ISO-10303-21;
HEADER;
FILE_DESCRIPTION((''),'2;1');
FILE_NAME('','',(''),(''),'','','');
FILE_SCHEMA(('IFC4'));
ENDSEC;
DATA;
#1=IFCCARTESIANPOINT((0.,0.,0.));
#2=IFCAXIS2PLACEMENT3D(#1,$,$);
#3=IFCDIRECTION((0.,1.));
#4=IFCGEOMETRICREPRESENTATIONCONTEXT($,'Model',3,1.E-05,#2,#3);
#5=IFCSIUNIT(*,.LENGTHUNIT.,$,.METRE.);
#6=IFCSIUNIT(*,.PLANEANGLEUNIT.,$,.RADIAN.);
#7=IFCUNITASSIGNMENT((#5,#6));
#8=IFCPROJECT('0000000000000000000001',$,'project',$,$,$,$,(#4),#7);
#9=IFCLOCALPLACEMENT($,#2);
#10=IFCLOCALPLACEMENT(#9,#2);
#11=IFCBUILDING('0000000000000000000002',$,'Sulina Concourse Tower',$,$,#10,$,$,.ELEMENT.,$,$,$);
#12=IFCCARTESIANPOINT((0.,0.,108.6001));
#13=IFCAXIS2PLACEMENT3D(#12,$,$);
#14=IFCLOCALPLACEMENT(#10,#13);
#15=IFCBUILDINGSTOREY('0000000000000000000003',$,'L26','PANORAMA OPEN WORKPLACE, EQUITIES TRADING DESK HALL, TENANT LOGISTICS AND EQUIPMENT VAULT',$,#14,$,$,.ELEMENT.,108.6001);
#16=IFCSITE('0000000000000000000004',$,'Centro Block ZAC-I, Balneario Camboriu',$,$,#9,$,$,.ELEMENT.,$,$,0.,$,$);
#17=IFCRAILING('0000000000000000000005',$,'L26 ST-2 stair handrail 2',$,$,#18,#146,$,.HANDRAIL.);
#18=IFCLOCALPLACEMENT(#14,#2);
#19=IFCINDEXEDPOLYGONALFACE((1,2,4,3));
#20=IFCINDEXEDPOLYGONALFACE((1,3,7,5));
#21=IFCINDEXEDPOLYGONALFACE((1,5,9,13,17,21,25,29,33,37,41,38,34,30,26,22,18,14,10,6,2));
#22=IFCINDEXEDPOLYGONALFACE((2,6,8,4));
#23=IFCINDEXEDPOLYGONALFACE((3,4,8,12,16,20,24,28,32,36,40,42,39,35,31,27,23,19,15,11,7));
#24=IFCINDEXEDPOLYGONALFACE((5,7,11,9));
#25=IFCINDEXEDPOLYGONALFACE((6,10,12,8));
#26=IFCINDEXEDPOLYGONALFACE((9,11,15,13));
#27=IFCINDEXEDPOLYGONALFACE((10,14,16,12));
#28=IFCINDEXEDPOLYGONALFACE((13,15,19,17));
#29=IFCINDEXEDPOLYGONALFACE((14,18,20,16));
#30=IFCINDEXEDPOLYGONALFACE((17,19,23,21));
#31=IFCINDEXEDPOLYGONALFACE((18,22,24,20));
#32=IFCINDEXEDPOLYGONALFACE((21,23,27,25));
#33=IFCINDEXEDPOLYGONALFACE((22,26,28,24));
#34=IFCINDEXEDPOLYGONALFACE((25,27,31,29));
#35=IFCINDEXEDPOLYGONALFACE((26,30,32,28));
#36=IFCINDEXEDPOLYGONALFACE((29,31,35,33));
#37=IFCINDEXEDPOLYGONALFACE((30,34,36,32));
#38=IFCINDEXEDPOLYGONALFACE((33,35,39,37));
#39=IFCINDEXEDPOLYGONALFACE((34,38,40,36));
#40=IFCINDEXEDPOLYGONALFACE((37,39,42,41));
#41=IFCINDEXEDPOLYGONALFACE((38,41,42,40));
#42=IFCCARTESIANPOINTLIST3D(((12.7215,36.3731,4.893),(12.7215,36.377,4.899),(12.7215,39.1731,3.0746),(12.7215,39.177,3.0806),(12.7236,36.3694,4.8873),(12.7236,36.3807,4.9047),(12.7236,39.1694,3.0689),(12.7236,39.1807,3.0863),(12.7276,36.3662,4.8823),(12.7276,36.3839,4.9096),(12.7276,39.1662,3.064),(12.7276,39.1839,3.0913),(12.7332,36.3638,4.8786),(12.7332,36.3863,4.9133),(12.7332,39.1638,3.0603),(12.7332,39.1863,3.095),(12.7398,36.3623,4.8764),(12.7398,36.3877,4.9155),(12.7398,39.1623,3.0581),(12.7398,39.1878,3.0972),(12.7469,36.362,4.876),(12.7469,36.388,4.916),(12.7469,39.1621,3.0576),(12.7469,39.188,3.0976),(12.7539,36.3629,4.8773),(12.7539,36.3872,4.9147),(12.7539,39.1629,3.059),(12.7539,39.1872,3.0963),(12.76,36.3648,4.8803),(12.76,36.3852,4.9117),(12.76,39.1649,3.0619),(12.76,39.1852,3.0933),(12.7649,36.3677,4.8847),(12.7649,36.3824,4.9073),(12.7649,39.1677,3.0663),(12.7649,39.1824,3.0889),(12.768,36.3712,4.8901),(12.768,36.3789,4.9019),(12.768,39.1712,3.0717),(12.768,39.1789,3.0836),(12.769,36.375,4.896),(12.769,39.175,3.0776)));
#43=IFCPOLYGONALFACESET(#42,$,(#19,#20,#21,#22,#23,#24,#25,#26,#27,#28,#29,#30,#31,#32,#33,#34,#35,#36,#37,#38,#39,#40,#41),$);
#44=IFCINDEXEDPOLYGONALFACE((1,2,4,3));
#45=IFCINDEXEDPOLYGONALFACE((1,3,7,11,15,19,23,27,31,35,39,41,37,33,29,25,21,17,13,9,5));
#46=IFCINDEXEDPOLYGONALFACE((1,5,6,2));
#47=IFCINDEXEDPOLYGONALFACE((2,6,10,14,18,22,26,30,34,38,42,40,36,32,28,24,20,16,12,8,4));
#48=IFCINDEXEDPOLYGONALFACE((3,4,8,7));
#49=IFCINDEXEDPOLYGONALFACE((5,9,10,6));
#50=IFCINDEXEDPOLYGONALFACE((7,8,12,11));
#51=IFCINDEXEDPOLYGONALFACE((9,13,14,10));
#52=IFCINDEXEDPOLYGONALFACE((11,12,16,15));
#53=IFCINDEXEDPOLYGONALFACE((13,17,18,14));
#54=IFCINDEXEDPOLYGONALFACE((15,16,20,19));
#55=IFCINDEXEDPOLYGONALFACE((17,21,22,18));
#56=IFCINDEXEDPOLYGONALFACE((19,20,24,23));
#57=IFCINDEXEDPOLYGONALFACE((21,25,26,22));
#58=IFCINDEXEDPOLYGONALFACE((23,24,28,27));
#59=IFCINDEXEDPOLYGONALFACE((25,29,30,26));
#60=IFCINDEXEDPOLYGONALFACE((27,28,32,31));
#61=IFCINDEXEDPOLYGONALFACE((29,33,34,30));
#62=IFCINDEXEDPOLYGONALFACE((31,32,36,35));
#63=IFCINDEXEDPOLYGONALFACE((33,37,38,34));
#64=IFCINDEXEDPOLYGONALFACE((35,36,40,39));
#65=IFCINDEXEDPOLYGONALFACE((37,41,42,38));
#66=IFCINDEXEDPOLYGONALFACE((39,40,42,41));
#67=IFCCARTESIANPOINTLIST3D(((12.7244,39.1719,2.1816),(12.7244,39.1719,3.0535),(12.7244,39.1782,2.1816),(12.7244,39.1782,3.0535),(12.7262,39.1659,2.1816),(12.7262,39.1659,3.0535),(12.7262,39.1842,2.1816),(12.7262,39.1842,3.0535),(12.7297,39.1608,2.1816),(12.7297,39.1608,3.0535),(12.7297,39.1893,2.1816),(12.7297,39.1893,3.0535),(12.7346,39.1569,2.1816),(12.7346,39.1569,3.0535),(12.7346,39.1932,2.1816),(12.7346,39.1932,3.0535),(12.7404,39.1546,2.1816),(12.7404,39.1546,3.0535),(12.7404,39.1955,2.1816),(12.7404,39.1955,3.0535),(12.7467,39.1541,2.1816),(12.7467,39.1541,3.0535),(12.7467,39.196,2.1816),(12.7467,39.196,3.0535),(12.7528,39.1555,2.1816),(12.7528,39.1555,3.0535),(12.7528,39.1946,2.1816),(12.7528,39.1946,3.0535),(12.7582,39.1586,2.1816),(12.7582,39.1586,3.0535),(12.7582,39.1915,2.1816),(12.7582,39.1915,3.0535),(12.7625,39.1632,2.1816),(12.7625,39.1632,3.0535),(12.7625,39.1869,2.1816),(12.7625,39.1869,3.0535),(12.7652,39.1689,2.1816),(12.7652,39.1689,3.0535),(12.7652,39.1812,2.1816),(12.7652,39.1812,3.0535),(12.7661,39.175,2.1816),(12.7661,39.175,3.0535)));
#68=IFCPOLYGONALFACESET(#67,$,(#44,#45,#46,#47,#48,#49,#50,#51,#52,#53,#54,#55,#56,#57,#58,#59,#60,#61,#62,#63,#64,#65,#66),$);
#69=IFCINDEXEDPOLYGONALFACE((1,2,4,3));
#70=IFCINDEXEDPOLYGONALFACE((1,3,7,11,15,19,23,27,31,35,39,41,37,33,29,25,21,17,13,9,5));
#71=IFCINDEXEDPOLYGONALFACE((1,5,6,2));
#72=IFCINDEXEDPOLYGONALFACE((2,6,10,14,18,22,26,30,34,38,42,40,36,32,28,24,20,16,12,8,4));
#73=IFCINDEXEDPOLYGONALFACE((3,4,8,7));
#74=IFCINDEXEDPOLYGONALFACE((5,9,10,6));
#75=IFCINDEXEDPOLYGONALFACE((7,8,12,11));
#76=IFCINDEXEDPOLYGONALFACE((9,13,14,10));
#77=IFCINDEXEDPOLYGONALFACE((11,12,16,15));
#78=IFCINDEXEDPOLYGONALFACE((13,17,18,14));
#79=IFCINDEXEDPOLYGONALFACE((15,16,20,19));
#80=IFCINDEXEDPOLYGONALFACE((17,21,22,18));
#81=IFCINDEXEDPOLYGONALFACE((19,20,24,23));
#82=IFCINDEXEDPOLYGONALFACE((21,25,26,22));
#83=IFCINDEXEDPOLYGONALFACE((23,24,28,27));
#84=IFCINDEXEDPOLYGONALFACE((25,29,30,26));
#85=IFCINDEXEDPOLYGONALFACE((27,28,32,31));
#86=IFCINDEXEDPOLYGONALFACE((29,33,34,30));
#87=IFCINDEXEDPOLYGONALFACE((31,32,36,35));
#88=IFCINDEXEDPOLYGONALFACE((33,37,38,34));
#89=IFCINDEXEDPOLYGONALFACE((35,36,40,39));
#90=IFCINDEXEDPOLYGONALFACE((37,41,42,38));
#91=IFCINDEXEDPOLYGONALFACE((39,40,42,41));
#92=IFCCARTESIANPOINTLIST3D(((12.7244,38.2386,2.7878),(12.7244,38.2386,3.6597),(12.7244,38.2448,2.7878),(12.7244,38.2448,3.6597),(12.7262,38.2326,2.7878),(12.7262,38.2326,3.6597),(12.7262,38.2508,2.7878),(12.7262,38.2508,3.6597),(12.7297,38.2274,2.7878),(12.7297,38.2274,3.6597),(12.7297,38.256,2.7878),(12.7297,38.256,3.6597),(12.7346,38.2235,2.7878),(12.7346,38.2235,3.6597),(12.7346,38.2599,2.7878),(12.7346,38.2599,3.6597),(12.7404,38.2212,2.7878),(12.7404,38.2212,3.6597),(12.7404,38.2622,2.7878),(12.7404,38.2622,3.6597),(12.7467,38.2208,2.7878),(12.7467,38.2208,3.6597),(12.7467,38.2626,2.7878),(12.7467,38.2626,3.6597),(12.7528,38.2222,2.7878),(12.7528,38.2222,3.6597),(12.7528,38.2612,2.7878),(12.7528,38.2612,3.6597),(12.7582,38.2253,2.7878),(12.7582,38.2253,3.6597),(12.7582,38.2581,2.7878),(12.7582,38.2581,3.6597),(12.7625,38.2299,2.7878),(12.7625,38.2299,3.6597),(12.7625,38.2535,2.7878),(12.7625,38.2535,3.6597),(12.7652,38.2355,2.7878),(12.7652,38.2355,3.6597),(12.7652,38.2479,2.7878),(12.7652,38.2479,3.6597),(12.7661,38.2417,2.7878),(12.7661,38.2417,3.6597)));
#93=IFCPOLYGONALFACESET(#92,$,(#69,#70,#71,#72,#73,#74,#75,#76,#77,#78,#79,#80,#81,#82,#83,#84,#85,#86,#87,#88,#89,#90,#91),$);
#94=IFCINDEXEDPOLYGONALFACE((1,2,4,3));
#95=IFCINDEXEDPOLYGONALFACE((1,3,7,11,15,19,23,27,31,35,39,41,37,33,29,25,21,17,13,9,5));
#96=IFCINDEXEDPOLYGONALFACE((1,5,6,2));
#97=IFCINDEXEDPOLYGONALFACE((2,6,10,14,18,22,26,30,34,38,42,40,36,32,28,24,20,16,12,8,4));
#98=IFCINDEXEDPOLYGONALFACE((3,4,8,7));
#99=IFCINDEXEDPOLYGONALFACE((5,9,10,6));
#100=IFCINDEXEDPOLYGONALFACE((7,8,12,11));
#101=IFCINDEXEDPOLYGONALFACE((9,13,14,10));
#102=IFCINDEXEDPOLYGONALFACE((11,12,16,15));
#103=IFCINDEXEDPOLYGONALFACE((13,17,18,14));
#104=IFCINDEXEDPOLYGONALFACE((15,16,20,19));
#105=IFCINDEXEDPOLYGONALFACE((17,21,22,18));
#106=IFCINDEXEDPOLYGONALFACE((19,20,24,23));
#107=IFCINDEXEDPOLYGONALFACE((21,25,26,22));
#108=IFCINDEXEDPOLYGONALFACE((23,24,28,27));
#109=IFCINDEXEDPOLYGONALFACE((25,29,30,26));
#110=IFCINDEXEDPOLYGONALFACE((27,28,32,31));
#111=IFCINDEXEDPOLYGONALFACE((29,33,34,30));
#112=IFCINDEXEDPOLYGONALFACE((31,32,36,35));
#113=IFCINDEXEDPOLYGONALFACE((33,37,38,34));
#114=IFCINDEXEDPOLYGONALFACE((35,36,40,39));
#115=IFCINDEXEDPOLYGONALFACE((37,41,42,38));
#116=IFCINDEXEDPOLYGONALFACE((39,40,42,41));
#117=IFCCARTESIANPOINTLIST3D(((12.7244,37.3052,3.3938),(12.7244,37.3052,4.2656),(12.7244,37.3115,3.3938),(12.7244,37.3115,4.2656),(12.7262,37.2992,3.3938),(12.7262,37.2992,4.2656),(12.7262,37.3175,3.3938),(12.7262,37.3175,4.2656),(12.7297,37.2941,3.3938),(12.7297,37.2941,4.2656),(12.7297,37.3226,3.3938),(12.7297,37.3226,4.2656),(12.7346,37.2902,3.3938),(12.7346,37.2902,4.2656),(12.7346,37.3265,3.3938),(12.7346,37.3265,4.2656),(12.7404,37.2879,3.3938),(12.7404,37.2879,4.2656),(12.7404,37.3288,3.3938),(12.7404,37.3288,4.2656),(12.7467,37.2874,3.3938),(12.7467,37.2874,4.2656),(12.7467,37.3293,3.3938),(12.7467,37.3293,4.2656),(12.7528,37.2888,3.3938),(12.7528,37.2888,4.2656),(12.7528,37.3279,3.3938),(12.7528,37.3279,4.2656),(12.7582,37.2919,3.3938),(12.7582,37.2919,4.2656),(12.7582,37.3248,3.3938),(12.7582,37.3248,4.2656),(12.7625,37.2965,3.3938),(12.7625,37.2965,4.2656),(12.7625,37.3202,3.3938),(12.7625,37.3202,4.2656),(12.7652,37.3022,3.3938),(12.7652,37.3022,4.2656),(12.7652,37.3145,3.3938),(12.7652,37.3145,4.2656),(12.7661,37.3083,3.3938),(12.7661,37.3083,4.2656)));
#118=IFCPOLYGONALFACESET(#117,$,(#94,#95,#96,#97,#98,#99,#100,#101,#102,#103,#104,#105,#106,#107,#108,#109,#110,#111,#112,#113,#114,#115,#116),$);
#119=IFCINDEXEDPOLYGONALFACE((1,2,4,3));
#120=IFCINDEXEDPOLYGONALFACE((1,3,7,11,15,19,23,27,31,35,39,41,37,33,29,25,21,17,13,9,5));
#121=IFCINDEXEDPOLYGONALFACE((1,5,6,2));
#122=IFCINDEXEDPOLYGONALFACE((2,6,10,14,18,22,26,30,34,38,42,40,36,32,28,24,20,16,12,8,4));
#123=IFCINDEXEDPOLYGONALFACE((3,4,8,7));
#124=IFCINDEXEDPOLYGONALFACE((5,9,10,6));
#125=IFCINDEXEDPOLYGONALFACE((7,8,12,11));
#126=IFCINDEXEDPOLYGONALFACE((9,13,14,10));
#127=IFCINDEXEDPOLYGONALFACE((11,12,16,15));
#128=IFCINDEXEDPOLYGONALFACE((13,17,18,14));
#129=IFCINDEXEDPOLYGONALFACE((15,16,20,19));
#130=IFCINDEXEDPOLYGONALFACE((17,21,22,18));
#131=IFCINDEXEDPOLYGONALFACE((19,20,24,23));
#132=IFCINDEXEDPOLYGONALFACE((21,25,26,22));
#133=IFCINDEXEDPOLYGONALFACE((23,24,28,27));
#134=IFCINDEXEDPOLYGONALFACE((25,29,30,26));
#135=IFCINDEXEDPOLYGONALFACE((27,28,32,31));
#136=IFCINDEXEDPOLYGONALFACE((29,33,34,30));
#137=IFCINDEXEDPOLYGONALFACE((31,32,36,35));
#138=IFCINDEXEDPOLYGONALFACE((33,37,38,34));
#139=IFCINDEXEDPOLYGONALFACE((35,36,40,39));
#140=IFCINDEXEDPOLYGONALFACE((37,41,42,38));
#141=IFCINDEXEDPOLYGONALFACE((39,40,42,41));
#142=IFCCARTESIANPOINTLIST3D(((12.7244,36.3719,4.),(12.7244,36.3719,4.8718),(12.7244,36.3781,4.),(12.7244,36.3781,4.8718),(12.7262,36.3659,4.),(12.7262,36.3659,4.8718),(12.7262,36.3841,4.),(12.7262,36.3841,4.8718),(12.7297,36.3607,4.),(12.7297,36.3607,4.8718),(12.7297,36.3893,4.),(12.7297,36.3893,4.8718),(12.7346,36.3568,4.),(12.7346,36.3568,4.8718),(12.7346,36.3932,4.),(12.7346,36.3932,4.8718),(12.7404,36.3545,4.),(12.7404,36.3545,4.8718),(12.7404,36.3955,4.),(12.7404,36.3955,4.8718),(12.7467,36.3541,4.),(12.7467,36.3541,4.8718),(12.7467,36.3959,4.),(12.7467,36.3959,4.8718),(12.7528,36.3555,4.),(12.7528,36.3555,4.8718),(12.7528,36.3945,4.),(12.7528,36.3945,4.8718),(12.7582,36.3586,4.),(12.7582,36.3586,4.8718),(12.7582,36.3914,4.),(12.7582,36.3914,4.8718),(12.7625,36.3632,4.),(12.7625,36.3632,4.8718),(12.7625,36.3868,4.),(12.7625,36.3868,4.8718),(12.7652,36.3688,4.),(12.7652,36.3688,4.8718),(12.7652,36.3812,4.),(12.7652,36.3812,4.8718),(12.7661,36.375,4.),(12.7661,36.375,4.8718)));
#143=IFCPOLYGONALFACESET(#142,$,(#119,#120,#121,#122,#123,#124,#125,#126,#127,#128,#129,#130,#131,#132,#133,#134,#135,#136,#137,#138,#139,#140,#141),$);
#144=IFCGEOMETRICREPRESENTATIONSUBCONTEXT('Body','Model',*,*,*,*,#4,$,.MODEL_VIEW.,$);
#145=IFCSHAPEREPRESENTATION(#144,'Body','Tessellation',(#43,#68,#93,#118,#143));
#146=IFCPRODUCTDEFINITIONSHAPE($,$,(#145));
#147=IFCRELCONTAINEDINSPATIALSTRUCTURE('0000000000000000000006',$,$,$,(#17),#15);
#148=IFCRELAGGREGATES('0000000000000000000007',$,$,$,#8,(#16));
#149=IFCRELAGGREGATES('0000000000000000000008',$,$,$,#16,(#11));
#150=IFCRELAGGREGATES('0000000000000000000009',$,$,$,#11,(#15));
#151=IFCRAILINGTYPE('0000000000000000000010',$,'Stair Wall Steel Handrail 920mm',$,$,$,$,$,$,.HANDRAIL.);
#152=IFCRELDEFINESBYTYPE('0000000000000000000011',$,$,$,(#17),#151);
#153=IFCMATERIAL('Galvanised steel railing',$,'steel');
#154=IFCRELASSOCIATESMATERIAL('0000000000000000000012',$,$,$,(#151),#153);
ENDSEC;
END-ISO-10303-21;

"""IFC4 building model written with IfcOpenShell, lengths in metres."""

from ifc_helpers import new_model, si_unit, direction, frame, origin, origin_2d, place, context, subcontext, project, spatial, circle, extrude, material, type_object, element, save


model = new_model("IFC4")

# Units and contexts
model_context = context("Model", 3, precision=1e-05, world=origin(), true_north=direction((0.0, 1.0)))
body_context = subcontext(model_context, "Body", "Model", "MODEL_VIEW")
ifc_project = project(units=[si_unit("LENGTHUNIT", "METRE"), si_unit("PLANEANGLEUNIT", "RADIAN")], contexts=[model_context])

# Site, building, storey
site_placement = place(None, origin())
site = spatial("IfcSite", under=ifc_project, at=site_placement, Name="Centro Block ZAC-I, Balneario Camboriu", CompositionType="ELEMENT", RefElevation=0.0)
building_placement = place(site_placement, origin())
building = spatial("IfcBuilding", under=site, at=building_placement, Name="Sulina Concourse Tower", CompositionType="ELEMENT")
storey_placement = place(building_placement, frame((0.0, 0.0, 108.6001)))
storey = spatial("IfcBuildingStorey", under=building, at=storey_placement, Name="L26", Description="PANORAMA OPEN WORKPLACE, EQUITIES TRADING DESK HALL, TENANT LOGISTICS AND EQUIPMENT VAULT", CompositionType="ELEMENT", Elevation=108.6001)

# Railing
ifc_material_1 = material(Name="Galvanised steel railing", Category="steel")
railing_type_1 = type_object("IfcRailingType", Name="Stair Wall Steel Handrail 920mm", PredefinedType="HANDRAIL", material=ifc_material_1)
railing_1_placement = place(storey_placement, frame((12.7451, 39.175, 2.1816)))
element("IfcRailing", 1, at=railing_1_placement, inside=storey, type_object=railing_type_1, Name="L26 ST-2 stair handrail 2", PredefinedType="HANDRAIL", context=body_context, shape_type="SweptSolid", body=[
    extrude(circle(Radius=0.0239, at=origin_2d()), frame((0.0, 0.0, 0.896), z_axis=(0.0, -0.838672, 0.544636), x_axis=(1.0, 0.0, 0.0)), (0.0, 0.0, 1.0), 3.3386),
    extrude(circle(Radius=0.021, at=origin_2d()), origin(), (0.0, 0.0, 1.0), 0.8718),
    extrude(circle(Radius=0.021, at=origin_2d()), frame((0.0, -0.9333, 0.6062)), (0.0, 0.0, 1.0), 0.8718),
    extrude(circle(Radius=0.021, at=origin_2d()), frame((0.0, -1.8667, 1.2122)), (0.0, 0.0, 1.0), 0.8718),
    extrude(circle(Radius=0.021, at=origin_2d()), frame((0.0, -2.8, 1.8184)), (0.0, 0.0, 1.0), 0.8718),
])

save(model, "model.ifc")
